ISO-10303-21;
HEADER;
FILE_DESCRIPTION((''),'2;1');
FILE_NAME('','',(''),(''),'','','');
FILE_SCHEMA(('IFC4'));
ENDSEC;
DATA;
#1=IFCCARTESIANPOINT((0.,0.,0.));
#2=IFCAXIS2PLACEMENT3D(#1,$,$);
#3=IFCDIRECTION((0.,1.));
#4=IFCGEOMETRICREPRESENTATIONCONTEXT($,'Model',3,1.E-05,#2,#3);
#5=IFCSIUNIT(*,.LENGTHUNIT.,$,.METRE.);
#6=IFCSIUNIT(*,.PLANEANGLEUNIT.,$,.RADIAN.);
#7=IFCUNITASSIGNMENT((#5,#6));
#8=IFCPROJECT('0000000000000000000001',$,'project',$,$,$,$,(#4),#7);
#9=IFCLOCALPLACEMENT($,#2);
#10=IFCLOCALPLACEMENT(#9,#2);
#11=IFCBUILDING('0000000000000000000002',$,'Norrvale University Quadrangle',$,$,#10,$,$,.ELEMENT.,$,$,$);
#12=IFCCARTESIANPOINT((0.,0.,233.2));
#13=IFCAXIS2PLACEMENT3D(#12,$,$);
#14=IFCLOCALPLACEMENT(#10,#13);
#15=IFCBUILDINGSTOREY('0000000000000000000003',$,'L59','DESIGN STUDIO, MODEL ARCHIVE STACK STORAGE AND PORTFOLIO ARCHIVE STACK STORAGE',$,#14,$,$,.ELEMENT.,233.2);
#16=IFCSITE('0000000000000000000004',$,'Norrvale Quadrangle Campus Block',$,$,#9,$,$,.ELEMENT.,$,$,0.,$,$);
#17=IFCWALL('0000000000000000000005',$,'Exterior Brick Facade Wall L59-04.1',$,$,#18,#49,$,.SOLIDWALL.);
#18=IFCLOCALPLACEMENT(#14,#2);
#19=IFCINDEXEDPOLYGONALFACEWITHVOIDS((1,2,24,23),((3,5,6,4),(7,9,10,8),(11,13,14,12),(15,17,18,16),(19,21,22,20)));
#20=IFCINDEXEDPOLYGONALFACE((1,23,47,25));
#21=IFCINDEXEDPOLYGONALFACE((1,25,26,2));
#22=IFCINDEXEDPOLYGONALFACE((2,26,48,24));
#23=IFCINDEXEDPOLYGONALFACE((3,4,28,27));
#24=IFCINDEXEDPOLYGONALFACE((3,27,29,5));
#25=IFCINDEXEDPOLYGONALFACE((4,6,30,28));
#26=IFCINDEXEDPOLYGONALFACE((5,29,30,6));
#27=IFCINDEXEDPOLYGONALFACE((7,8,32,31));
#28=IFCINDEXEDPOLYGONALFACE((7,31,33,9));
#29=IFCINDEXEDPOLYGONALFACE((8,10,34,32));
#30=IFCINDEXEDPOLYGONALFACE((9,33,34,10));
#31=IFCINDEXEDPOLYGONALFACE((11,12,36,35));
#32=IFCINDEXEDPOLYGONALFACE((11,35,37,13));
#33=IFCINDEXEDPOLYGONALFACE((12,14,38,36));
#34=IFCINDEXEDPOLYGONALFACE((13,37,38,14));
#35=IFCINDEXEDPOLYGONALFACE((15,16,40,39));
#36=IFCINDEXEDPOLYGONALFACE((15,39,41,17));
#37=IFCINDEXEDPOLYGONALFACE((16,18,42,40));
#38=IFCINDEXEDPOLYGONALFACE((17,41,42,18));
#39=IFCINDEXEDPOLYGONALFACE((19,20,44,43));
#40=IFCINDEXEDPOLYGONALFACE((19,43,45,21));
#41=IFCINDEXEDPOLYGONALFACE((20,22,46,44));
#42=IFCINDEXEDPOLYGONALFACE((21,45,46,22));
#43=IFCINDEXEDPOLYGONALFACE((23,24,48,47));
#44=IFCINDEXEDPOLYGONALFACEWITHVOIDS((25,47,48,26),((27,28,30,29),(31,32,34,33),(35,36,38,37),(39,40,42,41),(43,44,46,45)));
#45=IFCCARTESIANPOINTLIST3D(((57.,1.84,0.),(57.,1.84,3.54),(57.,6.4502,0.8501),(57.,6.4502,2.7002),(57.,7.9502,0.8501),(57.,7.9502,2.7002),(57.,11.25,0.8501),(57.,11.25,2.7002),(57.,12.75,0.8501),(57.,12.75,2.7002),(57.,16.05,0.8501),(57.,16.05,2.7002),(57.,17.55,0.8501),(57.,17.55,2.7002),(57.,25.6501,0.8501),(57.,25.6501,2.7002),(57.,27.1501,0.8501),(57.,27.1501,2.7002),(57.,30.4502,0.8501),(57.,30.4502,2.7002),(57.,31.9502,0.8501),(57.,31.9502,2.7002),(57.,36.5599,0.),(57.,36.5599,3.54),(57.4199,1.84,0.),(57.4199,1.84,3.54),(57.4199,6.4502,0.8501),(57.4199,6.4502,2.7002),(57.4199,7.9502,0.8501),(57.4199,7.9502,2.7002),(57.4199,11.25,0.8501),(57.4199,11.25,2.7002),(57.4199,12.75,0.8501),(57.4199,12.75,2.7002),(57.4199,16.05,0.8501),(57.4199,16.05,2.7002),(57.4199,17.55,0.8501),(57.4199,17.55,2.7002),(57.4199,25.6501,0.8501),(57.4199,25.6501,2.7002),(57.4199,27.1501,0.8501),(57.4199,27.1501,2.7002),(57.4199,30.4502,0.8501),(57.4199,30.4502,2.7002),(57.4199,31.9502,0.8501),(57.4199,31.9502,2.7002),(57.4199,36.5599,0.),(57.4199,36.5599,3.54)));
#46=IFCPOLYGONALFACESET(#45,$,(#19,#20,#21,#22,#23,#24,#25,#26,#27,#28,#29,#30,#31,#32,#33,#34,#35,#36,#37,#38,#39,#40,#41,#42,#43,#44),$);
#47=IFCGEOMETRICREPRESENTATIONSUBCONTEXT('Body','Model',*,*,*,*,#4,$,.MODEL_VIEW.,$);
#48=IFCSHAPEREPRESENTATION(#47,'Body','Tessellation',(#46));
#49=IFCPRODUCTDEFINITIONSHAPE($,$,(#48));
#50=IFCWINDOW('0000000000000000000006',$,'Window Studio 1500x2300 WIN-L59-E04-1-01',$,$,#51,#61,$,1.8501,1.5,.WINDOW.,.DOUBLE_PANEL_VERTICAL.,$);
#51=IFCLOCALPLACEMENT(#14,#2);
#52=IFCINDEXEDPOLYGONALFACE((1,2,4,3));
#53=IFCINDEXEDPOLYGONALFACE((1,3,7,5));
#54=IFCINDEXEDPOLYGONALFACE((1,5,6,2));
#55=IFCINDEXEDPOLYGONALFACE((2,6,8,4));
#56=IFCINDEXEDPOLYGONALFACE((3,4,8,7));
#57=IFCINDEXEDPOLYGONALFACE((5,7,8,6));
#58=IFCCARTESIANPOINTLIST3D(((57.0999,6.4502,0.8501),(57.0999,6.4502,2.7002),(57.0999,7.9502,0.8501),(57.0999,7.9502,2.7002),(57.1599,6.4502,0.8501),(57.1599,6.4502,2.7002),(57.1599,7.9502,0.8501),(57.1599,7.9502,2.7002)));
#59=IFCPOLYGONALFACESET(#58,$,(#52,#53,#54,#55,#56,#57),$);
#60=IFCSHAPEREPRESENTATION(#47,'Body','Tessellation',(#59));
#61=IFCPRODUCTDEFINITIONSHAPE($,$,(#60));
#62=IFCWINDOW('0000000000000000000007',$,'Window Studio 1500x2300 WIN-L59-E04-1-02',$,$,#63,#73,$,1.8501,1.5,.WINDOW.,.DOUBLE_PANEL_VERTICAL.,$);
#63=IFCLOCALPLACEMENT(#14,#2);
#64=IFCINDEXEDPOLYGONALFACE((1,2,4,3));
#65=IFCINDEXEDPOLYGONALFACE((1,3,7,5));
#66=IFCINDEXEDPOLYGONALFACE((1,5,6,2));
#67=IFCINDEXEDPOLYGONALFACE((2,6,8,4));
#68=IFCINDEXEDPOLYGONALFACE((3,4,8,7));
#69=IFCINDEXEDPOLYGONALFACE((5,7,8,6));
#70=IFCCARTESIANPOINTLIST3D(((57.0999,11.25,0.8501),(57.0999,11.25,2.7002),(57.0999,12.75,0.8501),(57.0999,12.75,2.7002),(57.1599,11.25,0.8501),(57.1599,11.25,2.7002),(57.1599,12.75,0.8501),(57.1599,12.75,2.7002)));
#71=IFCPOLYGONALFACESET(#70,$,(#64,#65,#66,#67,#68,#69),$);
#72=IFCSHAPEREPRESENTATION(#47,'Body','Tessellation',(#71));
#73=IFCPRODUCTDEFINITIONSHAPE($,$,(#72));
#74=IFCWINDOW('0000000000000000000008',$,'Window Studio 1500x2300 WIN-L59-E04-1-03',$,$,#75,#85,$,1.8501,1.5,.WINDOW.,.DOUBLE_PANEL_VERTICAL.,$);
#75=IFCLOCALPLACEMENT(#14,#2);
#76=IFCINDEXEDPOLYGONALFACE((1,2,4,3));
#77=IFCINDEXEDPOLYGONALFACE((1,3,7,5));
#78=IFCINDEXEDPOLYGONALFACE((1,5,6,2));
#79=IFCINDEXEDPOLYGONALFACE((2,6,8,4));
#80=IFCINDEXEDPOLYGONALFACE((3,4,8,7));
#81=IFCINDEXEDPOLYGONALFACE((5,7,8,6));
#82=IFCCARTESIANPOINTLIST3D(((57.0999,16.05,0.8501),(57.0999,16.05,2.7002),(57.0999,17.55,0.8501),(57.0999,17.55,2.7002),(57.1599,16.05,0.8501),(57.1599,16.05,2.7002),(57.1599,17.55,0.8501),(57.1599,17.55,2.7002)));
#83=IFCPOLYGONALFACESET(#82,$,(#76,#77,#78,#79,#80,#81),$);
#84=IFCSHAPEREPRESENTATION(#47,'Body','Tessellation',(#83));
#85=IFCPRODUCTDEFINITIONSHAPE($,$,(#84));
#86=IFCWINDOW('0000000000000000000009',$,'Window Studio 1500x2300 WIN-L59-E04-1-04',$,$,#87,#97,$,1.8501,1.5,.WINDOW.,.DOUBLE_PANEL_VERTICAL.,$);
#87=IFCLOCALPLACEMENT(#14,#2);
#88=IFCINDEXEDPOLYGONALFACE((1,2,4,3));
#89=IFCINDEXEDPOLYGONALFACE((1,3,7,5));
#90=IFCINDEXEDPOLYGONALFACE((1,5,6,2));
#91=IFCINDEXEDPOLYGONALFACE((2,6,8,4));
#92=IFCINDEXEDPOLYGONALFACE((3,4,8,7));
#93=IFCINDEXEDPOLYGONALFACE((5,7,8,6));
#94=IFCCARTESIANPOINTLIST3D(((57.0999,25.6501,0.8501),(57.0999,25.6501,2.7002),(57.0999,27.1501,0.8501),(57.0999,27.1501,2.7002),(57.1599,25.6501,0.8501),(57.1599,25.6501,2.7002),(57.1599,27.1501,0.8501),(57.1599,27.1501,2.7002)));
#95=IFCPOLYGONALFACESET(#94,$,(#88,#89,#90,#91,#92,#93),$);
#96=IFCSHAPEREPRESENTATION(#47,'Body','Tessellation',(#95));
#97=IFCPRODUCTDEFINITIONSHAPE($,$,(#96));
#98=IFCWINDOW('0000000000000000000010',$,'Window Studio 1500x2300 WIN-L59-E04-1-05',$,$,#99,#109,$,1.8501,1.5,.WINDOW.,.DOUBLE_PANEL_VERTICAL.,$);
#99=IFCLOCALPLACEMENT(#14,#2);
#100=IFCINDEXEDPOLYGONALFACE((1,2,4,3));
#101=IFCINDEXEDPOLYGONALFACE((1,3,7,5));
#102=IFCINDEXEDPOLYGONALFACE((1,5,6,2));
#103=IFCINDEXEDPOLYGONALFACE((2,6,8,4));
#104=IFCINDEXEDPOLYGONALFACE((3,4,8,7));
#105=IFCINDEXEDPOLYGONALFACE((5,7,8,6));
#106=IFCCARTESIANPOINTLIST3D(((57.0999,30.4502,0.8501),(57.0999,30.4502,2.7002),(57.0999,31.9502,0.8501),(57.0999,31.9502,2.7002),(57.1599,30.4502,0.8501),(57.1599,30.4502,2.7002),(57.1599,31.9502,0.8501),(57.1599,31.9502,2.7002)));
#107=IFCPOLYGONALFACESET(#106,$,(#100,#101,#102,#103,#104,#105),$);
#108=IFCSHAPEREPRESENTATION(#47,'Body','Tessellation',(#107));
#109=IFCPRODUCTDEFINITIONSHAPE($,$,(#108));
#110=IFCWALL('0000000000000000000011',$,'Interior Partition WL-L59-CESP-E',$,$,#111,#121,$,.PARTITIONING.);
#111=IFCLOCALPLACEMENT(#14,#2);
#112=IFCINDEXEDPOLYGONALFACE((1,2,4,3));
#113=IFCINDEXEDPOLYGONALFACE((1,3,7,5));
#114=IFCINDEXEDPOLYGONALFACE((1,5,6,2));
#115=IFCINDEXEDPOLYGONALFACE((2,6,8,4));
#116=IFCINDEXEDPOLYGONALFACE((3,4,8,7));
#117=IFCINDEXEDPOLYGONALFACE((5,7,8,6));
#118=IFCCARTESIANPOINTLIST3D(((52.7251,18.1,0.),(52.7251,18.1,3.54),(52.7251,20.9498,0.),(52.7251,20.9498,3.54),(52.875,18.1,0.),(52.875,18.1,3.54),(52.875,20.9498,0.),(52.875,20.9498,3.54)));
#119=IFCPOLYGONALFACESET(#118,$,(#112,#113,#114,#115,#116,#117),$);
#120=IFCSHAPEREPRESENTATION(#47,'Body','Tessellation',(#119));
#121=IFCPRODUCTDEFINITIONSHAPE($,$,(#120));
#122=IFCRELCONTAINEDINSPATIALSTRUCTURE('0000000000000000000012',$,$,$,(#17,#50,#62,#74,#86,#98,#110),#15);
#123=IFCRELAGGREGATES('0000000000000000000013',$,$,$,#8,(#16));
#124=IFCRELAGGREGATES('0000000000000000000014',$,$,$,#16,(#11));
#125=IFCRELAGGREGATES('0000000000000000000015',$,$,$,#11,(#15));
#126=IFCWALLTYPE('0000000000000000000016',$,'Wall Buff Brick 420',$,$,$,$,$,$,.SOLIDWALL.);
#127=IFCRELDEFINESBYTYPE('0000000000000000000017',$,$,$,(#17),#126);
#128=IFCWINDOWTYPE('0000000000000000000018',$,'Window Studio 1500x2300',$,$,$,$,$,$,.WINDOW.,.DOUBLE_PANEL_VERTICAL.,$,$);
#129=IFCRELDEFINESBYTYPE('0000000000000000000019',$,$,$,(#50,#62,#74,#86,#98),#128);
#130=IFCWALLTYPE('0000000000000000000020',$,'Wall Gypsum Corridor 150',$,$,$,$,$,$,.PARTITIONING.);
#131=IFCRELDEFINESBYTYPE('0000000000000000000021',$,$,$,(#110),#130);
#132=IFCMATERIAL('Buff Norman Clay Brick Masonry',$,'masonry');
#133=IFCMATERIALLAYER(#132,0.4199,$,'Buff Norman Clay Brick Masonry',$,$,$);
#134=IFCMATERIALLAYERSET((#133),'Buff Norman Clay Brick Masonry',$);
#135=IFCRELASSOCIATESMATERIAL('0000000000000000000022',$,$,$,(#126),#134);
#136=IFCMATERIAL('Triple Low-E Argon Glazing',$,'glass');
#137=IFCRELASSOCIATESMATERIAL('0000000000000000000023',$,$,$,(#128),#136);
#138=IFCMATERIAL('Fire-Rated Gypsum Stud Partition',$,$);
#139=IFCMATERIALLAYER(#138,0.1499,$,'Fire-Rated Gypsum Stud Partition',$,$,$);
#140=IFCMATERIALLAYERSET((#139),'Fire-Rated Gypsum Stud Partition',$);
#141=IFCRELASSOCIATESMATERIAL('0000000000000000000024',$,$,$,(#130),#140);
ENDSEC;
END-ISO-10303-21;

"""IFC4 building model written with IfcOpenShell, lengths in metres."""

from ifc_helpers import new_model, si_unit, direction, frame, frame_2d, origin, place, context, subcontext, project, spatial, rectangle, extrude, material, layer, layer_set, type_object, element, fill, save


model = new_model("IFC4")

# Units and contexts
model_context = context("Model", 3, precision=1e-05, world=origin(), true_north=direction((0.0, 1.0)))
body_context = subcontext(model_context, "Body", "Model", "MODEL_VIEW")
ifc_project = project(units=[si_unit("LENGTHUNIT", "METRE"), si_unit("PLANEANGLEUNIT", "RADIAN")], contexts=[model_context])

# Site, building, storey
site_placement = place(None, origin())
site = spatial("IfcSite", under=ifc_project, at=site_placement, Name="Norrvale Quadrangle Campus Block", CompositionType="ELEMENT", RefElevation=0.0)
building_placement = place(site_placement, origin())
building = spatial("IfcBuilding", under=site, at=building_placement, Name="Norrvale University Quadrangle", CompositionType="ELEMENT")
storey_placement = place(building_placement, frame((0.0, 0.0, 233.2)))
storey = spatial("IfcBuildingStorey", under=building, at=storey_placement, Name="L59", Description="DESIGN STUDIO, MODEL ARCHIVE STACK STORAGE AND PORTFOLIO ARCHIVE STACK STORAGE", CompositionType="ELEMENT", Elevation=233.2)

# Shared definitions
ifc_material_1 = material(Name="Buff Norman Clay Brick Masonry", Category="masonry")
ifc_layer_1 = layer(ifc_material_1, 0.4199, Name="Buff Norman Clay Brick Masonry")
ifc_layer_set_1 = layer_set([ifc_layer_1], Name="Buff Norman Clay Brick Masonry")
wall_type_1 = type_object("IfcWallType", Name="Wall Buff Brick 420", PredefinedType="SOLIDWALL", material=ifc_layer_set_1)

# Wall, openings, windows
wall_1_placement = place(storey_placement, frame((57.21, 1.8401, 0.0), z_axis=(0.0, 0.0, 1.0), x_axis=(0.0, 1.0, 0.0)))
wall_1 = element("IfcWall", 1, at=wall_1_placement, inside=storey, type_object=wall_type_1, Name="Exterior Brick Facade Wall L59-04.1", PredefinedType="SOLIDWALL", context=body_context, shape_type="SweptSolid", body=[
    extrude(rectangle(XDim=34.72, YDim=0.4199, at=frame_2d((17.3599, 0.0))), origin(), (0.0, 0.0, 1.0), 3.54),
])
opening_1_placement = place(wall_1_placement, frame((4.6101, 0.0, 0.8501)))
opening_1 = element("IfcOpeningElement", 2, at=opening_1_placement, cuts=wall_1, PredefinedType="OPENING", context=body_context, shape_type="SweptSolid", body=[
    extrude(rectangle(XDim=1.5, YDim=1.8501, at=frame_2d((0.75, 0.925))), frame((0.0, 0.2219, 0.0), z_axis=(0.0, -1.0, 0.0), x_axis=(1.0, 0.0, 0.0)), (0.0, 0.0, 1.0), 0.4438),
])
opening_2_placement = place(wall_1_placement, frame((9.4099, 0.0, 0.8501)))
opening_2 = element("IfcOpeningElement", 3, at=opening_2_placement, cuts=wall_1, PredefinedType="OPENING", context=body_context, shape_type="SweptSolid", body=[
    extrude(rectangle(XDim=1.5, YDim=1.8501, at=frame_2d((0.75, 0.925))), frame((0.0, 0.2219, 0.0), z_axis=(0.0, -1.0, 0.0), x_axis=(1.0, 0.0, 0.0)), (0.0, 0.0, 1.0), 0.4438),
])
opening_3_placement = place(wall_1_placement, frame((14.21, 0.0, 0.8501)))
opening_3 = element("IfcOpeningElement", 4, at=opening_3_placement, cuts=wall_1, PredefinedType="OPENING", context=body_context, shape_type="SweptSolid", body=[
    extrude(rectangle(XDim=1.5, YDim=1.8501, at=frame_2d((0.75, 0.925))), frame((0.0, 0.2219, 0.0), z_axis=(0.0, -1.0, 0.0), x_axis=(1.0, 0.0, 0.0)), (0.0, 0.0, 1.0), 0.4438),
])
opening_4_placement = place(wall_1_placement, frame((23.8101, 0.0, 0.8501)))
opening_4 = element("IfcOpeningElement", 5, at=opening_4_placement, cuts=wall_1, PredefinedType="OPENING", context=body_context, shape_type="SweptSolid", body=[
    extrude(rectangle(XDim=1.5, YDim=1.8501, at=frame_2d((0.75, 0.925))), frame((0.0, 0.2219, 0.0), z_axis=(0.0, -1.0, 0.0), x_axis=(1.0, 0.0, 0.0)), (0.0, 0.0, 1.0), 0.4438),
])
opening_5_placement = place(wall_1_placement, frame((28.6101, 0.0, 0.8501)))
opening_5 = element("IfcOpeningElement", 6, at=opening_5_placement, cuts=wall_1, PredefinedType="OPENING", context=body_context, shape_type="SweptSolid", body=[
    extrude(rectangle(XDim=1.5, YDim=1.8501, at=frame_2d((0.75, 0.925))), frame((0.0, 0.2219, 0.0), z_axis=(0.0, -1.0, 0.0), x_axis=(1.0, 0.0, 0.0)), (0.0, 0.0, 1.0), 0.4438),
])
ifc_material_2 = material(Name="Triple Low-E Argon Glazing", Category="glass")
window_type = type_object("IfcWindowType", Name="Window Studio 1500x2300", PartitioningType="DOUBLE_PANEL_VERTICAL", PredefinedType="WINDOW", material=ifc_material_2)
window_1_placement = place(opening_1_placement, origin())
window_1 = element("IfcWindow", 7, at=window_1_placement, inside=storey, type_object=window_type, Name="Window Studio 1500x2300 WIN-L59-E04-1-01", OverallHeight=1.8501, OverallWidth=1.5, PartitioningType="DOUBLE_PANEL_VERTICAL", PredefinedType="WINDOW", context=body_context, shape_type="SweptSolid", body=[
    extrude(rectangle(XDim=1.5, YDim=1.8501, at=frame_2d((0.75, 0.925))), frame((0.0, 0.1101, 0.0), z_axis=(0.0, -1.0, 0.0), x_axis=(1.0, 0.0, 0.0)), (0.0, 0.0, 1.0), 0.0601),
])
fill(opening_1, window_1)
window_2_placement = place(opening_2_placement, origin())
window_2 = element("IfcWindow", 8, at=window_2_placement, inside=storey, type_object=window_type, Name="Window Studio 1500x2300 WIN-L59-E04-1-02", OverallHeight=1.8501, OverallWidth=1.5, PartitioningType="DOUBLE_PANEL_VERTICAL", PredefinedType="WINDOW", context=body_context, shape_type="SweptSolid", body=[
    extrude(rectangle(XDim=1.5, YDim=1.8501, at=frame_2d((0.75, 0.925))), frame((0.0, 0.1101, 0.0), z_axis=(0.0, -1.0, 0.0), x_axis=(1.0, 0.0, 0.0)), (0.0, 0.0, 1.0), 0.0601),
])
fill(opening_2, window_2)
window_3_placement = place(opening_3_placement, origin())
window_3 = element("IfcWindow", 9, at=window_3_placement, inside=storey, type_object=window_type, Name="Window Studio 1500x2300 WIN-L59-E04-1-03", OverallHeight=1.8501, OverallWidth=1.5, PartitioningType="DOUBLE_PANEL_VERTICAL", PredefinedType="WINDOW", context=body_context, shape_type="SweptSolid", body=[
    extrude(rectangle(XDim=1.5, YDim=1.8501, at=frame_2d((0.75, 0.925))), frame((0.0, 0.1101, 0.0), z_axis=(0.0, -1.0, 0.0), x_axis=(1.0, 0.0, 0.0)), (0.0, 0.0, 1.0), 0.0601),
])
fill(opening_3, window_3)
window_4_placement = place(opening_4_placement, origin())
window_4 = element("IfcWindow", 10, at=window_4_placement, inside=storey, type_object=window_type, Name="Window Studio 1500x2300 WIN-L59-E04-1-04", OverallHeight=1.8501, OverallWidth=1.5, PartitioningType="DOUBLE_PANEL_VERTICAL", PredefinedType="WINDOW", context=body_context, shape_type="SweptSolid", body=[
    extrude(rectangle(XDim=1.5, YDim=1.8501, at=frame_2d((0.75, 0.925))), frame((0.0, 0.1101, 0.0), z_axis=(0.0, -1.0, 0.0), x_axis=(1.0, 0.0, 0.0)), (0.0, 0.0, 1.0), 0.0601),
])
fill(opening_4, window_4)
window_5_placement = place(opening_5_placement, origin())
window_5 = element("IfcWindow", 11, at=window_5_placement, inside=storey, type_object=window_type, Name="Window Studio 1500x2300 WIN-L59-E04-1-05", OverallHeight=1.8501, OverallWidth=1.5, PartitioningType="DOUBLE_PANEL_VERTICAL", PredefinedType="WINDOW", context=body_context, shape_type="SweptSolid", body=[
    extrude(rectangle(XDim=1.5, YDim=1.8501, at=frame_2d((0.75, 0.925))), frame((0.0, 0.1101, 0.0), z_axis=(0.0, -1.0, 0.0), x_axis=(1.0, 0.0, 0.0)), (0.0, 0.0, 1.0), 0.0601),
])
fill(opening_5, window_5)

# Wall
ifc_material_3 = material(Name="Fire-Rated Gypsum Stud Partition")
ifc_layer_2 = layer(ifc_material_3, 0.1499, Name="Fire-Rated Gypsum Stud Partition")
ifc_layer_set_2 = layer_set([ifc_layer_2], Name="Fire-Rated Gypsum Stud Partition")
wall_type_2 = type_object("IfcWallType", Name="Wall Gypsum Corridor 150", PredefinedType="PARTITIONING", material=ifc_layer_set_2)
wall_2_placement = place(storey_placement, frame((52.8, 18.1001, 0.0), z_axis=(0.0, 0.0, 1.0), x_axis=(0.0, 1.0, 0.0)))
element("IfcWall", 12, at=wall_2_placement, inside=storey, type_object=wall_type_2, Name="Interior Partition WL-L59-CESP-E", PredefinedType="PARTITIONING", context=body_context, shape_type="SweptSolid", body=[
    extrude(rectangle(XDim=2.8499, YDim=0.1499, at=frame_2d((1.4248, 0.0))), origin(), (0.0, 0.0, 1.0), 3.54),
])

save(model, "model.ifc")
